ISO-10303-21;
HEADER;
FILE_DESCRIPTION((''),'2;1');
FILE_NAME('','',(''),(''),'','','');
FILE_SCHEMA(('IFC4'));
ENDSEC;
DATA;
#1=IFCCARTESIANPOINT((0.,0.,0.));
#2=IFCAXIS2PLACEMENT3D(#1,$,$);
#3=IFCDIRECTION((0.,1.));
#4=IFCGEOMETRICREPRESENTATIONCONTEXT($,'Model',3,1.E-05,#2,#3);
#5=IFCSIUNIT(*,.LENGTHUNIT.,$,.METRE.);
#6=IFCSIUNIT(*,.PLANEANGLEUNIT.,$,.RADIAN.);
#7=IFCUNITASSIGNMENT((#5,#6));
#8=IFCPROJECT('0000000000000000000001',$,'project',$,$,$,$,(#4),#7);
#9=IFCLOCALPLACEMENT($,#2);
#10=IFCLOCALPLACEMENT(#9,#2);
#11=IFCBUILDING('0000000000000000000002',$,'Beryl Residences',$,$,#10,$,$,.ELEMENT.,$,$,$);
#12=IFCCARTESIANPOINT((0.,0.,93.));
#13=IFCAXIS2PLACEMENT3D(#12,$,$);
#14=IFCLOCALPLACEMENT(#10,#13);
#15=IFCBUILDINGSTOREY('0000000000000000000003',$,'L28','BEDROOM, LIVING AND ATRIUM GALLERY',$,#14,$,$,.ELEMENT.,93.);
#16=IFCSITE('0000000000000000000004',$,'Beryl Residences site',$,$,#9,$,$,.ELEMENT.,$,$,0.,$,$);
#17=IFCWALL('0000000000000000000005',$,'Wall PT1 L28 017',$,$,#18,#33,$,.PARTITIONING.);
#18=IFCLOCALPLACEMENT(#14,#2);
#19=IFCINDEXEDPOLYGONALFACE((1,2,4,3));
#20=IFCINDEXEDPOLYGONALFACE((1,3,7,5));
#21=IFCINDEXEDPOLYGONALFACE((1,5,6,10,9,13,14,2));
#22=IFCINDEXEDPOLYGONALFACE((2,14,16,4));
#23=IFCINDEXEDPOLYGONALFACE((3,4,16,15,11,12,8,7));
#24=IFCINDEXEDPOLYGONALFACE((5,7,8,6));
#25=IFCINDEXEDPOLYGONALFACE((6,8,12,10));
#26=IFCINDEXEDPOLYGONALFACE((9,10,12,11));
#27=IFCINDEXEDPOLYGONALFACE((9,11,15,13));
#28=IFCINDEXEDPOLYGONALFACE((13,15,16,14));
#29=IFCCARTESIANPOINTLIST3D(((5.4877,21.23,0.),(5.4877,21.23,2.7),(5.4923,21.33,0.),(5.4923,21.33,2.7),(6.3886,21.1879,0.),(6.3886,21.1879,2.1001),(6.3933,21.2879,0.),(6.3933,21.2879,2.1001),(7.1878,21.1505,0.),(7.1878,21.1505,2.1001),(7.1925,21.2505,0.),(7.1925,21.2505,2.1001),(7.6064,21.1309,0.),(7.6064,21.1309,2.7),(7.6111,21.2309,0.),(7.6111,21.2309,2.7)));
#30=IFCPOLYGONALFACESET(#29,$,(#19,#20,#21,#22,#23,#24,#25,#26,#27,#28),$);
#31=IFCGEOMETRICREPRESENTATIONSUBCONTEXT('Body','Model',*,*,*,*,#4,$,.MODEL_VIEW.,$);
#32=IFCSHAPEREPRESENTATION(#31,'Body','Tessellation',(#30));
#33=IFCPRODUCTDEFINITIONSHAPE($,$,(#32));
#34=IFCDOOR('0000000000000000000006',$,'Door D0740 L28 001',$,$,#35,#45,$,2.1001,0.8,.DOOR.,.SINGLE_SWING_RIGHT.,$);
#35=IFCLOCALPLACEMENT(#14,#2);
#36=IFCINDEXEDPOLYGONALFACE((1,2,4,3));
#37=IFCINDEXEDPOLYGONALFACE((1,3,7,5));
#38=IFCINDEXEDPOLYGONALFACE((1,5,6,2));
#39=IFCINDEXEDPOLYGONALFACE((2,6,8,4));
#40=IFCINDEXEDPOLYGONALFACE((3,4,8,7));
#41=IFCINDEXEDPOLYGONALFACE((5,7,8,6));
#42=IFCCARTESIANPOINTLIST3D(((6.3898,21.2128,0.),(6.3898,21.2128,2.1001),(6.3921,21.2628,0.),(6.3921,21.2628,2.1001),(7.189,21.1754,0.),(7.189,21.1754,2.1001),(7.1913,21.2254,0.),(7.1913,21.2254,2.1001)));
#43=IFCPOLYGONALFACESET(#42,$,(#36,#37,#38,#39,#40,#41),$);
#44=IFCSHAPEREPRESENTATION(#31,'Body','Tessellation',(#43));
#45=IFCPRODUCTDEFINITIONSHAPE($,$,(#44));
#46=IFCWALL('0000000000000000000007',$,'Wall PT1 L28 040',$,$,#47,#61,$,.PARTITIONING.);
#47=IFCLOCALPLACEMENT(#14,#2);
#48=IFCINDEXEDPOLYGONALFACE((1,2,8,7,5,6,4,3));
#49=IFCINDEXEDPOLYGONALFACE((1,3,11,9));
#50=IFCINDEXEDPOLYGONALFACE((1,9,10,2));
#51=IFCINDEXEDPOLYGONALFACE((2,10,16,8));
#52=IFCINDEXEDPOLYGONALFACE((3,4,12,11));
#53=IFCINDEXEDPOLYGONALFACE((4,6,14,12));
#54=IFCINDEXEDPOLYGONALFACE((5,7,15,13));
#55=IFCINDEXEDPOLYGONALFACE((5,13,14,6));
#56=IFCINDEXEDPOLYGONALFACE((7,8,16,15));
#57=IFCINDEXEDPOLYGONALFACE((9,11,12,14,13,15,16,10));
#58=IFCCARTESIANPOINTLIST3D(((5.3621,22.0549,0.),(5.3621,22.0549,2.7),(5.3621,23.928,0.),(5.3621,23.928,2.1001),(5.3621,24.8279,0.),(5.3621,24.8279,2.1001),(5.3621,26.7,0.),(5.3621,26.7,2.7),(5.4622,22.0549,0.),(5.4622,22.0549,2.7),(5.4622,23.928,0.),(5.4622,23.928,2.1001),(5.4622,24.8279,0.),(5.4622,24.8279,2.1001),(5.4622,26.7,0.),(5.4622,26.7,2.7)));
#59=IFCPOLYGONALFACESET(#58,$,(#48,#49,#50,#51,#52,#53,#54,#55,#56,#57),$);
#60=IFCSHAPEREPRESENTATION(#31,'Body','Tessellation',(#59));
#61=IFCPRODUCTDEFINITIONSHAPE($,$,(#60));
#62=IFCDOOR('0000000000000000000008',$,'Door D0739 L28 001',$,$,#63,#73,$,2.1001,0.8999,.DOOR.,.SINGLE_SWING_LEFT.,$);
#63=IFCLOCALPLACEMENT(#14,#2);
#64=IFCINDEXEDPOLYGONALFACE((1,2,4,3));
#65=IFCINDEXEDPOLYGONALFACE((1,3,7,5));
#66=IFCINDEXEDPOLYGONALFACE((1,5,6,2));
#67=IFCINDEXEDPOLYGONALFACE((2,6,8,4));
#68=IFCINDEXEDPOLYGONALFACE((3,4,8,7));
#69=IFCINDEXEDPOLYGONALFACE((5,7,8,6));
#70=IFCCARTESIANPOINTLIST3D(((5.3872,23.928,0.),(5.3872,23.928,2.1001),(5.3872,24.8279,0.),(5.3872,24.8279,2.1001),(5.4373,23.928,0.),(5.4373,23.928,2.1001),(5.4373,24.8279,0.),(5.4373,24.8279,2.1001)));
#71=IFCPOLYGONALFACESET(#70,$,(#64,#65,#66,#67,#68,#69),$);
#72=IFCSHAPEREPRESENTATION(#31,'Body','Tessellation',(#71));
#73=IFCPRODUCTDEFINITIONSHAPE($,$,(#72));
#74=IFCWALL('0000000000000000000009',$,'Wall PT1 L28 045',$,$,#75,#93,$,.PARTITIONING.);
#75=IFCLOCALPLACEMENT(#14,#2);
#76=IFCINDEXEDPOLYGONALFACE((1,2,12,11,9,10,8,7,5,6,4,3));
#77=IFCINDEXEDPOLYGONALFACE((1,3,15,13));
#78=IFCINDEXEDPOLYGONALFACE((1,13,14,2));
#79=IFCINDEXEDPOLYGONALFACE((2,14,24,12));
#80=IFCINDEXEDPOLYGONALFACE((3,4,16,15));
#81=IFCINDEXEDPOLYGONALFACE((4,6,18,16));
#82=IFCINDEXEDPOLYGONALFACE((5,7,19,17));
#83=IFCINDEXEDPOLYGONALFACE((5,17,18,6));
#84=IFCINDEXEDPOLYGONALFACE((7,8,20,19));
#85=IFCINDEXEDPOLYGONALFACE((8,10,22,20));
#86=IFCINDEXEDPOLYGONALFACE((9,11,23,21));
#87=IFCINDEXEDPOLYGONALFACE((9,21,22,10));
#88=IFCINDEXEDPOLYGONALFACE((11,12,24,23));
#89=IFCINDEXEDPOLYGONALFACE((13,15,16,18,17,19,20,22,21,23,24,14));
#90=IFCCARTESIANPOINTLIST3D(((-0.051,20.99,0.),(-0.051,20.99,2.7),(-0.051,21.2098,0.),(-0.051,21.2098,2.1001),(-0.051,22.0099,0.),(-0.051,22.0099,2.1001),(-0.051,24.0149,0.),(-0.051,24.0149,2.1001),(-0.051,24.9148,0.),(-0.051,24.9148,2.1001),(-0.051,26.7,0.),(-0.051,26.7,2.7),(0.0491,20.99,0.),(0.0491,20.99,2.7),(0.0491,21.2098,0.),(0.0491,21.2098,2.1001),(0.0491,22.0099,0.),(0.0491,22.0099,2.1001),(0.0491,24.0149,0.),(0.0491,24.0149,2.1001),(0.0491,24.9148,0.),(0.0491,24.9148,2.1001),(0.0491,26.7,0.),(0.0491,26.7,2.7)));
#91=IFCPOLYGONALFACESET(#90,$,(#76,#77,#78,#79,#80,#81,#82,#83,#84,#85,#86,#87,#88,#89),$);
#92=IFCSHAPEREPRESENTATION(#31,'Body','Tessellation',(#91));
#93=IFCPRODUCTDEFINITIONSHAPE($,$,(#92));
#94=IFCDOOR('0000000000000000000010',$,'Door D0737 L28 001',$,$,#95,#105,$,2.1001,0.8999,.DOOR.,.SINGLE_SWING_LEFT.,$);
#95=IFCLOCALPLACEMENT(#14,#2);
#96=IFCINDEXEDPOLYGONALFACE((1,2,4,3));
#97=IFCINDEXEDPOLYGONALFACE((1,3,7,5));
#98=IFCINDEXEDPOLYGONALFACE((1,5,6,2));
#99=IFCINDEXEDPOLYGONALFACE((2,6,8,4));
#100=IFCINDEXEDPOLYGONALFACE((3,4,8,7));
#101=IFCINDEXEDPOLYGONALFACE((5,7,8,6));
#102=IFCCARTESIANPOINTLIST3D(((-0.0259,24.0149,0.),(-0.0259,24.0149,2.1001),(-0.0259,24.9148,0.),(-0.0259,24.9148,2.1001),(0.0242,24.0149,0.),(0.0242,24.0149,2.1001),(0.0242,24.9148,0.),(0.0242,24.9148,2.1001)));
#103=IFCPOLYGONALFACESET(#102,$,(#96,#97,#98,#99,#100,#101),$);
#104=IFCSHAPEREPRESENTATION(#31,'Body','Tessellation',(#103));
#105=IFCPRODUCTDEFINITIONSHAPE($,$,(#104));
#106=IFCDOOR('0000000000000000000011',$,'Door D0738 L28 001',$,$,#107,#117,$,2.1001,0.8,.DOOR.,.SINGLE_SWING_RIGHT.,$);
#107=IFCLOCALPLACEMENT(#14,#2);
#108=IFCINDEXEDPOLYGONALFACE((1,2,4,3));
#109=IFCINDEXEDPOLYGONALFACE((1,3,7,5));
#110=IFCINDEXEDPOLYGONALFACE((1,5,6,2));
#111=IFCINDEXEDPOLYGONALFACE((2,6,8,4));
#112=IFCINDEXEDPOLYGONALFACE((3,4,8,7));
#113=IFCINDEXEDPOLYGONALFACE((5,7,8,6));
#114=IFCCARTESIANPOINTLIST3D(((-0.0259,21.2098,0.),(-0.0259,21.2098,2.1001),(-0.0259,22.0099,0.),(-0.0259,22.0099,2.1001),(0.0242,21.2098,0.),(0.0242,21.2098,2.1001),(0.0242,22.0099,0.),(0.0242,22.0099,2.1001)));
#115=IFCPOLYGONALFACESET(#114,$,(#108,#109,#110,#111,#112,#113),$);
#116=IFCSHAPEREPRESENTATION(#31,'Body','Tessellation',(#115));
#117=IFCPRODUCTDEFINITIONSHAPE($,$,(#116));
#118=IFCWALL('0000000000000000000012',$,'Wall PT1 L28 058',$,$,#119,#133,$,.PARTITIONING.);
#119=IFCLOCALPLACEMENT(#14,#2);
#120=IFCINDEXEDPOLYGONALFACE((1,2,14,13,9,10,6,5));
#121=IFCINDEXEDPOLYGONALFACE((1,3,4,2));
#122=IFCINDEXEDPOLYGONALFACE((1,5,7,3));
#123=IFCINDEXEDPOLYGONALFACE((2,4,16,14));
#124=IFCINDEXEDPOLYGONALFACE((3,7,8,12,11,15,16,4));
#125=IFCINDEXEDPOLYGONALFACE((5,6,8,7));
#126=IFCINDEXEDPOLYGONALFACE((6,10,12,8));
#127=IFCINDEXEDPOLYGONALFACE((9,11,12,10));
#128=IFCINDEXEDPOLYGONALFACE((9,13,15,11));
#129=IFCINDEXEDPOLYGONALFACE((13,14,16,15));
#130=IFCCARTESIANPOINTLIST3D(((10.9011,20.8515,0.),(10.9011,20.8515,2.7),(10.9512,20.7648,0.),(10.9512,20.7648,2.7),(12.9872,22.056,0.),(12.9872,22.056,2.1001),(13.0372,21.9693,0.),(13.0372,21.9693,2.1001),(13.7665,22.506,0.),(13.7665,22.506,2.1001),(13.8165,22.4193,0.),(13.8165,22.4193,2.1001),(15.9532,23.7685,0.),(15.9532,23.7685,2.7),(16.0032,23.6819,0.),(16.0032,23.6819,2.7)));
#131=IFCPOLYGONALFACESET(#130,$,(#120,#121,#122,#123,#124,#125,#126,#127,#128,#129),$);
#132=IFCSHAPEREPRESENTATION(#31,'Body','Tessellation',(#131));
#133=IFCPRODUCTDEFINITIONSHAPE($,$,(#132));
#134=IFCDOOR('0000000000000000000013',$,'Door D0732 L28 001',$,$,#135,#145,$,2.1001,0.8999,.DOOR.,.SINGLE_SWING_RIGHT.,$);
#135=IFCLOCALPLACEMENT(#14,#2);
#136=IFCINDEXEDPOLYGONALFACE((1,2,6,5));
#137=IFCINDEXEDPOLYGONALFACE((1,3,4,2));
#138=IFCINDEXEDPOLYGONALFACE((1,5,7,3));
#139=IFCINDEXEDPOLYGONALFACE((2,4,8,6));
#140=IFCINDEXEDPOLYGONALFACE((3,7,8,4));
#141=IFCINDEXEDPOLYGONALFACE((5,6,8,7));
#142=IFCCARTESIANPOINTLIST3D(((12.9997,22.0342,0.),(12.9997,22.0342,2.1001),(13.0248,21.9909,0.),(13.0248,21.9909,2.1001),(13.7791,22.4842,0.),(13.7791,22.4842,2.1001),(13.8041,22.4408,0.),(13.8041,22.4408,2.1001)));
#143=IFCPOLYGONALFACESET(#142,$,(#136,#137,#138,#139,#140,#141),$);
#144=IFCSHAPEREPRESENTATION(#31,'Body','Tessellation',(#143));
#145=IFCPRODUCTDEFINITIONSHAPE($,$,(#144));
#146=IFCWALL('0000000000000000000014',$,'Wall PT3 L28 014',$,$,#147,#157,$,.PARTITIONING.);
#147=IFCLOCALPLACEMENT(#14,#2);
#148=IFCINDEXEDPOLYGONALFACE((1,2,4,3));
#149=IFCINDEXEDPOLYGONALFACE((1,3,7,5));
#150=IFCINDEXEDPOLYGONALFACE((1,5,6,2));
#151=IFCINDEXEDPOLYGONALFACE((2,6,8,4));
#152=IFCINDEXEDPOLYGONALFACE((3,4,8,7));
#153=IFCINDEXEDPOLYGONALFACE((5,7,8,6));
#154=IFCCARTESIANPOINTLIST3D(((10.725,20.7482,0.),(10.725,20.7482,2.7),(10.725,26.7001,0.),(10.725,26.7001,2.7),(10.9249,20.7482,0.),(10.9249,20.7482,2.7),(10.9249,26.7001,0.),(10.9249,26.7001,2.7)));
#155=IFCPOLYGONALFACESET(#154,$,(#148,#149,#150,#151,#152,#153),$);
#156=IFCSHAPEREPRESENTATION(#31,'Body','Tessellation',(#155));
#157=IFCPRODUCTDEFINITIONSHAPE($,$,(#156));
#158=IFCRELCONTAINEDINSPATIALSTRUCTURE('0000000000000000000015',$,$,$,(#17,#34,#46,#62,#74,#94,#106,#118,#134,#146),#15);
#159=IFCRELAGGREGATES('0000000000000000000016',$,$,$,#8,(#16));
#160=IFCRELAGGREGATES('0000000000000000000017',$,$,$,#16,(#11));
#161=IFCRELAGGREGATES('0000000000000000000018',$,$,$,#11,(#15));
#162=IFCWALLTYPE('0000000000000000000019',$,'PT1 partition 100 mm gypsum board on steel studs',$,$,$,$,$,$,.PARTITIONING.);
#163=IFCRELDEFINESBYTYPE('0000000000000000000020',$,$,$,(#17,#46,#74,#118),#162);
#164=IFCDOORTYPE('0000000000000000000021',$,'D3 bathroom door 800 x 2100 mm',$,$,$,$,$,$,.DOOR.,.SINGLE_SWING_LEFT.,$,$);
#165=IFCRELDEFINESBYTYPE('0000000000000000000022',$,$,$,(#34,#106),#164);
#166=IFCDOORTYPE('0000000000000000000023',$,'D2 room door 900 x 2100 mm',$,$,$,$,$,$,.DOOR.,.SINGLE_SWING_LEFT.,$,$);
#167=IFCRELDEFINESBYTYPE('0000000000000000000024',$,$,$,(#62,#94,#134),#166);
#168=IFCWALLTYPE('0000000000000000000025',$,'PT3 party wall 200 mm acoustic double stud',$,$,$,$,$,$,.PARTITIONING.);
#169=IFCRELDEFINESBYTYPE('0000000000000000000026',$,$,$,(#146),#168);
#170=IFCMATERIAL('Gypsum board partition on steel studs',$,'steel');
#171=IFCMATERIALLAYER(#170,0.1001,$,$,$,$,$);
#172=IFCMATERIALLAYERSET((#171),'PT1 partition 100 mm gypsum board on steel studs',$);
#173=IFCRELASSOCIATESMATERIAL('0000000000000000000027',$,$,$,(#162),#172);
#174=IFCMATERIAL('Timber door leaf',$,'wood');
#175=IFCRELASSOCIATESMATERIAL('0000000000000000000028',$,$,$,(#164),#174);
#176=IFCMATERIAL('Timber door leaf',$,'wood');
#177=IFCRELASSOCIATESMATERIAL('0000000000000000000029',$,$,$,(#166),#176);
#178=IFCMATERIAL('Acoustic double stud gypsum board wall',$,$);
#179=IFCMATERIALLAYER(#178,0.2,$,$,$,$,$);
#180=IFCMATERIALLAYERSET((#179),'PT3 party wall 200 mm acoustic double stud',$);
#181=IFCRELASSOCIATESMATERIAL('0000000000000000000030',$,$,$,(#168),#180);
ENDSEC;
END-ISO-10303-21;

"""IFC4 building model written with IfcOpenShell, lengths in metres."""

from ifc_helpers import new_model, si_unit, direction, frame, frame_2d, origin, place, context, subcontext, project, spatial, rectangle, extrude, material, layer, layer_set, type_object, element, fill, save


model = new_model("IFC4")

# Units and contexts
model_context = context("Model", 3, precision=1e-05, world=origin(), true_north=direction((0.0, 1.0)))
body_context = subcontext(model_context, "Body", "Model", "MODEL_VIEW")
ifc_project = project(units=[si_unit("LENGTHUNIT", "METRE"), si_unit("PLANEANGLEUNIT", "RADIAN")], contexts=[model_context])

# Site, building, storey
site_placement = place(None, origin())
site = spatial("IfcSite", under=ifc_project, at=site_placement, Name="Beryl Residences site", CompositionType="ELEMENT", RefElevation=0.0)
building_placement = place(site_placement, origin())
building = spatial("IfcBuilding", under=site, at=building_placement, Name="Beryl Residences", CompositionType="ELEMENT")
storey_placement = place(building_placement, frame((0.0, 0.0, 93.0)))
storey = spatial("IfcBuildingStorey", under=building, at=storey_placement, Name="L28", Description="BEDROOM, LIVING AND ATRIUM GALLERY", CompositionType="ELEMENT", Elevation=93.0)

# Shared definitions
ifc_material_1 = material(Name="Gypsum board partition on steel studs", Category="steel")
ifc_layer_1 = layer(ifc_material_1, 0.1001)
ifc_layer_set_1 = layer_set([ifc_layer_1], Name="PT1 partition 100 mm gypsum board on steel studs")
wall_type_1 = type_object("IfcWallType", Name="PT1 partition 100 mm gypsum board on steel studs", PredefinedType="PARTITIONING", material=ifc_layer_set_1)

# Shared definitions
ifc_material_2 = material(Name="Timber door leaf", Category="wood")
door_type_1 = type_object("IfcDoorType", Name="D3 bathroom door 800 x 2100 mm", OperationType="SINGLE_SWING_LEFT", PredefinedType="DOOR", material=ifc_material_2)

# Walls, openings, doors
wall_1_placement = place(storey_placement, frame((5.49, 21.28, 0.0), z_axis=(0.0, 0.0, 1.0), x_axis=(0.998908, -0.046728, 0.0)))
wall_1 = element("IfcWall", 1, at=wall_1_placement, inside=storey, type_object=wall_type_1, Name="Wall PT1 L28 017", PredefinedType="PARTITIONING", context=body_context, shape_type="SweptSolid", body=[
    extrude(rectangle(XDim=2.1211, YDim=0.1001, at=frame_2d((1.0605, 0.0))), origin(), (0.0, 0.0, 1.0), 2.7),
])
opening_1_placement = place(wall_1_placement, frame((0.9021, 0.0, 0.0)))
opening_1 = element("IfcOpeningElement", 2, at=opening_1_placement, cuts=wall_1, PredefinedType="OPENING", context=body_context, shape_type="SweptSolid", body=[
    extrude(rectangle(XDim=0.8, YDim=2.1001, at=frame_2d((0.3999, 1.05))), frame((0.0, 0.0601, 0.0), z_axis=(0.0, -1.0, 0.0), x_axis=(1.0, 0.0, 0.0)), (0.0, 0.0, 1.0), 0.1201),
])
door_1_placement = place(opening_1_placement, origin())
door_1 = element("IfcDoor", 3, at=door_1_placement, inside=storey, type_object=door_type_1, Name="Door D0740 L28 001", OperationType="SINGLE_SWING_RIGHT", OverallHeight=2.1001, OverallWidth=0.8, PredefinedType="DOOR", context=body_context, shape_type="SweptSolid", body=[
    extrude(rectangle(XDim=0.8, YDim=2.1001, at=frame_2d((0.3999, 1.05))), frame((0.0, 0.0249, 0.0), z_axis=(0.0, -1.0, 0.0), x_axis=(1.0, 0.0, 0.0)), (0.0, 0.0, 1.0), 0.05),
])
fill(opening_1, door_1)
wall_2_placement = place(storey_placement, frame((5.4121, 22.0549, 0.0), z_axis=(0.0, 0.0, 1.0), x_axis=(0.0, 1.0, 0.0)))
wall_2 = element("IfcWall", 4, at=wall_2_placement, inside=storey, type_object=wall_type_1, Name="Wall PT1 L28 040", PredefinedType="PARTITIONING", context=body_context, shape_type="SweptSolid", body=[
    extrude(rectangle(XDim=4.645, YDim=0.1001, at=frame_2d((2.3225, 0.0))), origin(), (0.0, 0.0, 1.0), 2.7),
])
opening_2_placement = place(wall_2_placement, frame((1.873, 0.0, 0.0)))
opening_2 = element("IfcOpeningElement", 5, at=opening_2_placement, cuts=wall_2, PredefinedType="OPENING", context=body_context, shape_type="SweptSolid", body=[
    extrude(rectangle(XDim=0.8999, YDim=2.1001, at=frame_2d((0.45, 1.05))), frame((0.0, 0.0601, 0.0), z_axis=(0.0, -1.0, 0.0), x_axis=(1.0, 0.0, 0.0)), (0.0, 0.0, 1.0), 0.1201),
])
ifc_material_3 = material(Name="Timber door leaf", Category="wood")
door_type_2 = type_object("IfcDoorType", Name="D2 room door 900 x 2100 mm", OperationType="SINGLE_SWING_LEFT", PredefinedType="DOOR", material=ifc_material_3)
door_2_placement = place(opening_2_placement, origin())
door_2 = element("IfcDoor", 6, at=door_2_placement, inside=storey, type_object=door_type_2, Name="Door D0739 L28 001", OperationType="SINGLE_SWING_LEFT", OverallHeight=2.1001, OverallWidth=0.8999, PredefinedType="DOOR", context=body_context, shape_type="SweptSolid", body=[
    extrude(rectangle(XDim=0.8999, YDim=2.1001, at=frame_2d((0.45, 1.05))), frame((0.0, 0.0249, 0.0), z_axis=(0.0, -1.0, 0.0), x_axis=(1.0, 0.0, 0.0)), (0.0, 0.0, 1.0), 0.05),
])
fill(opening_2, door_2)

# Wall, openings, doors
wall_3_placement = place(storey_placement, frame((-0.001, 20.99, 0.0), z_axis=(0.0, 0.0, 1.0), x_axis=(0.0, 1.0, 0.0)))
wall_3 = element("IfcWall", 7, at=wall_3_placement, inside=storey, type_object=wall_type_1, Name="Wall PT1 L28 045", PredefinedType="PARTITIONING", context=body_context, shape_type="SweptSolid", body=[
    extrude(rectangle(XDim=5.71, YDim=0.1001, at=frame_2d((2.855, 0.0))), origin(), (0.0, 0.0, 1.0), 2.7),
])
opening_3_placement = place(wall_3_placement, frame((3.0249, 0.0, 0.0)))
opening_3 = element("IfcOpeningElement", 8, at=opening_3_placement, cuts=wall_3, PredefinedType="OPENING", context=body_context, shape_type="SweptSolid", body=[
    extrude(rectangle(XDim=0.8999, YDim=2.1001, at=frame_2d((0.45, 1.05))), frame((0.0, 0.0601, 0.0), z_axis=(0.0, -1.0, 0.0), x_axis=(1.0, 0.0, 0.0)), (0.0, 0.0, 1.0), 0.1201),
])
opening_4_placement = place(wall_3_placement, frame((0.22, 0.0, 0.0)))
opening_4 = element("IfcOpeningElement", 9, at=opening_4_placement, cuts=wall_3, PredefinedType="OPENING", context=body_context, shape_type="SweptSolid", body=[
    extrude(rectangle(XDim=0.8, YDim=2.1001, at=frame_2d((0.3999, 1.05))), frame((0.0, 0.0601, 0.0), z_axis=(0.0, -1.0, 0.0), x_axis=(1.0, 0.0, 0.0)), (0.0, 0.0, 1.0), 0.1201),
])
door_3_placement = place(opening_3_placement, origin())
door_3 = element("IfcDoor", 10, at=door_3_placement, inside=storey, type_object=door_type_2, Name="Door D0737 L28 001", OperationType="SINGLE_SWING_LEFT", OverallHeight=2.1001, OverallWidth=0.8999, PredefinedType="DOOR", context=body_context, shape_type="SweptSolid", body=[
    extrude(rectangle(XDim=0.8999, YDim=2.1001, at=frame_2d((0.45, 1.05))), frame((0.0, 0.0249, 0.0), z_axis=(0.0, -1.0, 0.0), x_axis=(1.0, 0.0, 0.0)), (0.0, 0.0, 1.0), 0.05),
])
fill(opening_3, door_3)
door_4_placement = place(opening_4_placement, origin())
door_4 = element("IfcDoor", 11, at=door_4_placement, inside=storey, type_object=door_type_1, Name="Door D0738 L28 001", OperationType="SINGLE_SWING_RIGHT", OverallHeight=2.1001, OverallWidth=0.8, PredefinedType="DOOR", context=body_context, shape_type="SweptSolid", body=[
    extrude(rectangle(XDim=0.8, YDim=2.1001, at=frame_2d((0.3999, 1.05))), frame((0.0, 0.0249, 0.0), z_axis=(0.0, -1.0, 0.0), x_axis=(1.0, 0.0, 0.0)), (0.0, 0.0, 1.0), 0.05),
])
fill(opening_4, door_4)

# Wall, opening, door
wall_4_placement = place(storey_placement, frame((10.926, 20.8081, 0.0), z_axis=(0.0, 0.0, 1.0), x_axis=(0.866009, 0.500028, 0.0)))
wall_4 = element("IfcWall", 12, at=wall_4_placement, inside=storey, type_object=wall_type_1, Name="Wall PT1 L28 058", PredefinedType="PARTITIONING", context=body_context, shape_type="SweptSolid", body=[
    extrude(rectangle(XDim=5.8337, YDim=0.1001, at=frame_2d((2.917, 0.0))), origin(), (0.0, 0.0, 1.0), 2.7),
])
opening_5_placement = place(wall_4_placement, frame((2.4089, 0.0, 0.0)))
opening_5 = element("IfcOpeningElement", 13, at=opening_5_placement, cuts=wall_4, PredefinedType="OPENING", context=body_context, shape_type="SweptSolid", body=[
    extrude(rectangle(XDim=0.8999, YDim=2.1001, at=frame_2d((0.45, 1.05))), frame((0.0, 0.0601, 0.0), z_axis=(0.0, -1.0, 0.0), x_axis=(1.0, 0.0, 0.0)), (0.0, 0.0, 1.0), 0.1201),
])
door_5_placement = place(opening_5_placement, origin())
door_5 = element("IfcDoor", 14, at=door_5_placement, inside=storey, type_object=door_type_2, Name="Door D0732 L28 001", OperationType="SINGLE_SWING_RIGHT", OverallHeight=2.1001, OverallWidth=0.8999, PredefinedType="DOOR", context=body_context, shape_type="SweptSolid", body=[
    extrude(rectangle(XDim=0.8999, YDim=2.1001, at=frame_2d((0.45, 1.05))), frame((0.0, 0.0249, 0.0), z_axis=(0.0, -1.0, 0.0), x_axis=(1.0, 0.0, 0.0)), (0.0, 0.0, 1.0), 0.05),
])
fill(opening_5, door_5)

# Wall
ifc_material_4 = material(Name="Acoustic double stud gypsum board wall")
ifc_layer_2 = layer(ifc_material_4, 0.2)
ifc_layer_set_2 = layer_set([ifc_layer_2], Name="PT3 party wall 200 mm acoustic double stud")
wall_type_2 = type_object("IfcWallType", Name="PT3 party wall 200 mm acoustic double stud", PredefinedType="PARTITIONING", material=ifc_layer_set_2)
wall_5_placement = place(storey_placement, frame((10.825, 20.748, 0.0), z_axis=(0.0, 0.0, 1.0), x_axis=(0.0, 1.0, 0.0)))
element("IfcWall", 15, at=wall_5_placement, inside=storey, type_object=wall_type_2, Name="Wall PT3 L28 014", PredefinedType="PARTITIONING", context=body_context, shape_type="SweptSolid", body=[
    extrude(rectangle(XDim=5.9519, YDim=0.2, at=frame_2d((2.9761, 0.0))), origin(), (0.0, 0.0, 1.0), 2.7),
])

save(model, "model.ifc")
